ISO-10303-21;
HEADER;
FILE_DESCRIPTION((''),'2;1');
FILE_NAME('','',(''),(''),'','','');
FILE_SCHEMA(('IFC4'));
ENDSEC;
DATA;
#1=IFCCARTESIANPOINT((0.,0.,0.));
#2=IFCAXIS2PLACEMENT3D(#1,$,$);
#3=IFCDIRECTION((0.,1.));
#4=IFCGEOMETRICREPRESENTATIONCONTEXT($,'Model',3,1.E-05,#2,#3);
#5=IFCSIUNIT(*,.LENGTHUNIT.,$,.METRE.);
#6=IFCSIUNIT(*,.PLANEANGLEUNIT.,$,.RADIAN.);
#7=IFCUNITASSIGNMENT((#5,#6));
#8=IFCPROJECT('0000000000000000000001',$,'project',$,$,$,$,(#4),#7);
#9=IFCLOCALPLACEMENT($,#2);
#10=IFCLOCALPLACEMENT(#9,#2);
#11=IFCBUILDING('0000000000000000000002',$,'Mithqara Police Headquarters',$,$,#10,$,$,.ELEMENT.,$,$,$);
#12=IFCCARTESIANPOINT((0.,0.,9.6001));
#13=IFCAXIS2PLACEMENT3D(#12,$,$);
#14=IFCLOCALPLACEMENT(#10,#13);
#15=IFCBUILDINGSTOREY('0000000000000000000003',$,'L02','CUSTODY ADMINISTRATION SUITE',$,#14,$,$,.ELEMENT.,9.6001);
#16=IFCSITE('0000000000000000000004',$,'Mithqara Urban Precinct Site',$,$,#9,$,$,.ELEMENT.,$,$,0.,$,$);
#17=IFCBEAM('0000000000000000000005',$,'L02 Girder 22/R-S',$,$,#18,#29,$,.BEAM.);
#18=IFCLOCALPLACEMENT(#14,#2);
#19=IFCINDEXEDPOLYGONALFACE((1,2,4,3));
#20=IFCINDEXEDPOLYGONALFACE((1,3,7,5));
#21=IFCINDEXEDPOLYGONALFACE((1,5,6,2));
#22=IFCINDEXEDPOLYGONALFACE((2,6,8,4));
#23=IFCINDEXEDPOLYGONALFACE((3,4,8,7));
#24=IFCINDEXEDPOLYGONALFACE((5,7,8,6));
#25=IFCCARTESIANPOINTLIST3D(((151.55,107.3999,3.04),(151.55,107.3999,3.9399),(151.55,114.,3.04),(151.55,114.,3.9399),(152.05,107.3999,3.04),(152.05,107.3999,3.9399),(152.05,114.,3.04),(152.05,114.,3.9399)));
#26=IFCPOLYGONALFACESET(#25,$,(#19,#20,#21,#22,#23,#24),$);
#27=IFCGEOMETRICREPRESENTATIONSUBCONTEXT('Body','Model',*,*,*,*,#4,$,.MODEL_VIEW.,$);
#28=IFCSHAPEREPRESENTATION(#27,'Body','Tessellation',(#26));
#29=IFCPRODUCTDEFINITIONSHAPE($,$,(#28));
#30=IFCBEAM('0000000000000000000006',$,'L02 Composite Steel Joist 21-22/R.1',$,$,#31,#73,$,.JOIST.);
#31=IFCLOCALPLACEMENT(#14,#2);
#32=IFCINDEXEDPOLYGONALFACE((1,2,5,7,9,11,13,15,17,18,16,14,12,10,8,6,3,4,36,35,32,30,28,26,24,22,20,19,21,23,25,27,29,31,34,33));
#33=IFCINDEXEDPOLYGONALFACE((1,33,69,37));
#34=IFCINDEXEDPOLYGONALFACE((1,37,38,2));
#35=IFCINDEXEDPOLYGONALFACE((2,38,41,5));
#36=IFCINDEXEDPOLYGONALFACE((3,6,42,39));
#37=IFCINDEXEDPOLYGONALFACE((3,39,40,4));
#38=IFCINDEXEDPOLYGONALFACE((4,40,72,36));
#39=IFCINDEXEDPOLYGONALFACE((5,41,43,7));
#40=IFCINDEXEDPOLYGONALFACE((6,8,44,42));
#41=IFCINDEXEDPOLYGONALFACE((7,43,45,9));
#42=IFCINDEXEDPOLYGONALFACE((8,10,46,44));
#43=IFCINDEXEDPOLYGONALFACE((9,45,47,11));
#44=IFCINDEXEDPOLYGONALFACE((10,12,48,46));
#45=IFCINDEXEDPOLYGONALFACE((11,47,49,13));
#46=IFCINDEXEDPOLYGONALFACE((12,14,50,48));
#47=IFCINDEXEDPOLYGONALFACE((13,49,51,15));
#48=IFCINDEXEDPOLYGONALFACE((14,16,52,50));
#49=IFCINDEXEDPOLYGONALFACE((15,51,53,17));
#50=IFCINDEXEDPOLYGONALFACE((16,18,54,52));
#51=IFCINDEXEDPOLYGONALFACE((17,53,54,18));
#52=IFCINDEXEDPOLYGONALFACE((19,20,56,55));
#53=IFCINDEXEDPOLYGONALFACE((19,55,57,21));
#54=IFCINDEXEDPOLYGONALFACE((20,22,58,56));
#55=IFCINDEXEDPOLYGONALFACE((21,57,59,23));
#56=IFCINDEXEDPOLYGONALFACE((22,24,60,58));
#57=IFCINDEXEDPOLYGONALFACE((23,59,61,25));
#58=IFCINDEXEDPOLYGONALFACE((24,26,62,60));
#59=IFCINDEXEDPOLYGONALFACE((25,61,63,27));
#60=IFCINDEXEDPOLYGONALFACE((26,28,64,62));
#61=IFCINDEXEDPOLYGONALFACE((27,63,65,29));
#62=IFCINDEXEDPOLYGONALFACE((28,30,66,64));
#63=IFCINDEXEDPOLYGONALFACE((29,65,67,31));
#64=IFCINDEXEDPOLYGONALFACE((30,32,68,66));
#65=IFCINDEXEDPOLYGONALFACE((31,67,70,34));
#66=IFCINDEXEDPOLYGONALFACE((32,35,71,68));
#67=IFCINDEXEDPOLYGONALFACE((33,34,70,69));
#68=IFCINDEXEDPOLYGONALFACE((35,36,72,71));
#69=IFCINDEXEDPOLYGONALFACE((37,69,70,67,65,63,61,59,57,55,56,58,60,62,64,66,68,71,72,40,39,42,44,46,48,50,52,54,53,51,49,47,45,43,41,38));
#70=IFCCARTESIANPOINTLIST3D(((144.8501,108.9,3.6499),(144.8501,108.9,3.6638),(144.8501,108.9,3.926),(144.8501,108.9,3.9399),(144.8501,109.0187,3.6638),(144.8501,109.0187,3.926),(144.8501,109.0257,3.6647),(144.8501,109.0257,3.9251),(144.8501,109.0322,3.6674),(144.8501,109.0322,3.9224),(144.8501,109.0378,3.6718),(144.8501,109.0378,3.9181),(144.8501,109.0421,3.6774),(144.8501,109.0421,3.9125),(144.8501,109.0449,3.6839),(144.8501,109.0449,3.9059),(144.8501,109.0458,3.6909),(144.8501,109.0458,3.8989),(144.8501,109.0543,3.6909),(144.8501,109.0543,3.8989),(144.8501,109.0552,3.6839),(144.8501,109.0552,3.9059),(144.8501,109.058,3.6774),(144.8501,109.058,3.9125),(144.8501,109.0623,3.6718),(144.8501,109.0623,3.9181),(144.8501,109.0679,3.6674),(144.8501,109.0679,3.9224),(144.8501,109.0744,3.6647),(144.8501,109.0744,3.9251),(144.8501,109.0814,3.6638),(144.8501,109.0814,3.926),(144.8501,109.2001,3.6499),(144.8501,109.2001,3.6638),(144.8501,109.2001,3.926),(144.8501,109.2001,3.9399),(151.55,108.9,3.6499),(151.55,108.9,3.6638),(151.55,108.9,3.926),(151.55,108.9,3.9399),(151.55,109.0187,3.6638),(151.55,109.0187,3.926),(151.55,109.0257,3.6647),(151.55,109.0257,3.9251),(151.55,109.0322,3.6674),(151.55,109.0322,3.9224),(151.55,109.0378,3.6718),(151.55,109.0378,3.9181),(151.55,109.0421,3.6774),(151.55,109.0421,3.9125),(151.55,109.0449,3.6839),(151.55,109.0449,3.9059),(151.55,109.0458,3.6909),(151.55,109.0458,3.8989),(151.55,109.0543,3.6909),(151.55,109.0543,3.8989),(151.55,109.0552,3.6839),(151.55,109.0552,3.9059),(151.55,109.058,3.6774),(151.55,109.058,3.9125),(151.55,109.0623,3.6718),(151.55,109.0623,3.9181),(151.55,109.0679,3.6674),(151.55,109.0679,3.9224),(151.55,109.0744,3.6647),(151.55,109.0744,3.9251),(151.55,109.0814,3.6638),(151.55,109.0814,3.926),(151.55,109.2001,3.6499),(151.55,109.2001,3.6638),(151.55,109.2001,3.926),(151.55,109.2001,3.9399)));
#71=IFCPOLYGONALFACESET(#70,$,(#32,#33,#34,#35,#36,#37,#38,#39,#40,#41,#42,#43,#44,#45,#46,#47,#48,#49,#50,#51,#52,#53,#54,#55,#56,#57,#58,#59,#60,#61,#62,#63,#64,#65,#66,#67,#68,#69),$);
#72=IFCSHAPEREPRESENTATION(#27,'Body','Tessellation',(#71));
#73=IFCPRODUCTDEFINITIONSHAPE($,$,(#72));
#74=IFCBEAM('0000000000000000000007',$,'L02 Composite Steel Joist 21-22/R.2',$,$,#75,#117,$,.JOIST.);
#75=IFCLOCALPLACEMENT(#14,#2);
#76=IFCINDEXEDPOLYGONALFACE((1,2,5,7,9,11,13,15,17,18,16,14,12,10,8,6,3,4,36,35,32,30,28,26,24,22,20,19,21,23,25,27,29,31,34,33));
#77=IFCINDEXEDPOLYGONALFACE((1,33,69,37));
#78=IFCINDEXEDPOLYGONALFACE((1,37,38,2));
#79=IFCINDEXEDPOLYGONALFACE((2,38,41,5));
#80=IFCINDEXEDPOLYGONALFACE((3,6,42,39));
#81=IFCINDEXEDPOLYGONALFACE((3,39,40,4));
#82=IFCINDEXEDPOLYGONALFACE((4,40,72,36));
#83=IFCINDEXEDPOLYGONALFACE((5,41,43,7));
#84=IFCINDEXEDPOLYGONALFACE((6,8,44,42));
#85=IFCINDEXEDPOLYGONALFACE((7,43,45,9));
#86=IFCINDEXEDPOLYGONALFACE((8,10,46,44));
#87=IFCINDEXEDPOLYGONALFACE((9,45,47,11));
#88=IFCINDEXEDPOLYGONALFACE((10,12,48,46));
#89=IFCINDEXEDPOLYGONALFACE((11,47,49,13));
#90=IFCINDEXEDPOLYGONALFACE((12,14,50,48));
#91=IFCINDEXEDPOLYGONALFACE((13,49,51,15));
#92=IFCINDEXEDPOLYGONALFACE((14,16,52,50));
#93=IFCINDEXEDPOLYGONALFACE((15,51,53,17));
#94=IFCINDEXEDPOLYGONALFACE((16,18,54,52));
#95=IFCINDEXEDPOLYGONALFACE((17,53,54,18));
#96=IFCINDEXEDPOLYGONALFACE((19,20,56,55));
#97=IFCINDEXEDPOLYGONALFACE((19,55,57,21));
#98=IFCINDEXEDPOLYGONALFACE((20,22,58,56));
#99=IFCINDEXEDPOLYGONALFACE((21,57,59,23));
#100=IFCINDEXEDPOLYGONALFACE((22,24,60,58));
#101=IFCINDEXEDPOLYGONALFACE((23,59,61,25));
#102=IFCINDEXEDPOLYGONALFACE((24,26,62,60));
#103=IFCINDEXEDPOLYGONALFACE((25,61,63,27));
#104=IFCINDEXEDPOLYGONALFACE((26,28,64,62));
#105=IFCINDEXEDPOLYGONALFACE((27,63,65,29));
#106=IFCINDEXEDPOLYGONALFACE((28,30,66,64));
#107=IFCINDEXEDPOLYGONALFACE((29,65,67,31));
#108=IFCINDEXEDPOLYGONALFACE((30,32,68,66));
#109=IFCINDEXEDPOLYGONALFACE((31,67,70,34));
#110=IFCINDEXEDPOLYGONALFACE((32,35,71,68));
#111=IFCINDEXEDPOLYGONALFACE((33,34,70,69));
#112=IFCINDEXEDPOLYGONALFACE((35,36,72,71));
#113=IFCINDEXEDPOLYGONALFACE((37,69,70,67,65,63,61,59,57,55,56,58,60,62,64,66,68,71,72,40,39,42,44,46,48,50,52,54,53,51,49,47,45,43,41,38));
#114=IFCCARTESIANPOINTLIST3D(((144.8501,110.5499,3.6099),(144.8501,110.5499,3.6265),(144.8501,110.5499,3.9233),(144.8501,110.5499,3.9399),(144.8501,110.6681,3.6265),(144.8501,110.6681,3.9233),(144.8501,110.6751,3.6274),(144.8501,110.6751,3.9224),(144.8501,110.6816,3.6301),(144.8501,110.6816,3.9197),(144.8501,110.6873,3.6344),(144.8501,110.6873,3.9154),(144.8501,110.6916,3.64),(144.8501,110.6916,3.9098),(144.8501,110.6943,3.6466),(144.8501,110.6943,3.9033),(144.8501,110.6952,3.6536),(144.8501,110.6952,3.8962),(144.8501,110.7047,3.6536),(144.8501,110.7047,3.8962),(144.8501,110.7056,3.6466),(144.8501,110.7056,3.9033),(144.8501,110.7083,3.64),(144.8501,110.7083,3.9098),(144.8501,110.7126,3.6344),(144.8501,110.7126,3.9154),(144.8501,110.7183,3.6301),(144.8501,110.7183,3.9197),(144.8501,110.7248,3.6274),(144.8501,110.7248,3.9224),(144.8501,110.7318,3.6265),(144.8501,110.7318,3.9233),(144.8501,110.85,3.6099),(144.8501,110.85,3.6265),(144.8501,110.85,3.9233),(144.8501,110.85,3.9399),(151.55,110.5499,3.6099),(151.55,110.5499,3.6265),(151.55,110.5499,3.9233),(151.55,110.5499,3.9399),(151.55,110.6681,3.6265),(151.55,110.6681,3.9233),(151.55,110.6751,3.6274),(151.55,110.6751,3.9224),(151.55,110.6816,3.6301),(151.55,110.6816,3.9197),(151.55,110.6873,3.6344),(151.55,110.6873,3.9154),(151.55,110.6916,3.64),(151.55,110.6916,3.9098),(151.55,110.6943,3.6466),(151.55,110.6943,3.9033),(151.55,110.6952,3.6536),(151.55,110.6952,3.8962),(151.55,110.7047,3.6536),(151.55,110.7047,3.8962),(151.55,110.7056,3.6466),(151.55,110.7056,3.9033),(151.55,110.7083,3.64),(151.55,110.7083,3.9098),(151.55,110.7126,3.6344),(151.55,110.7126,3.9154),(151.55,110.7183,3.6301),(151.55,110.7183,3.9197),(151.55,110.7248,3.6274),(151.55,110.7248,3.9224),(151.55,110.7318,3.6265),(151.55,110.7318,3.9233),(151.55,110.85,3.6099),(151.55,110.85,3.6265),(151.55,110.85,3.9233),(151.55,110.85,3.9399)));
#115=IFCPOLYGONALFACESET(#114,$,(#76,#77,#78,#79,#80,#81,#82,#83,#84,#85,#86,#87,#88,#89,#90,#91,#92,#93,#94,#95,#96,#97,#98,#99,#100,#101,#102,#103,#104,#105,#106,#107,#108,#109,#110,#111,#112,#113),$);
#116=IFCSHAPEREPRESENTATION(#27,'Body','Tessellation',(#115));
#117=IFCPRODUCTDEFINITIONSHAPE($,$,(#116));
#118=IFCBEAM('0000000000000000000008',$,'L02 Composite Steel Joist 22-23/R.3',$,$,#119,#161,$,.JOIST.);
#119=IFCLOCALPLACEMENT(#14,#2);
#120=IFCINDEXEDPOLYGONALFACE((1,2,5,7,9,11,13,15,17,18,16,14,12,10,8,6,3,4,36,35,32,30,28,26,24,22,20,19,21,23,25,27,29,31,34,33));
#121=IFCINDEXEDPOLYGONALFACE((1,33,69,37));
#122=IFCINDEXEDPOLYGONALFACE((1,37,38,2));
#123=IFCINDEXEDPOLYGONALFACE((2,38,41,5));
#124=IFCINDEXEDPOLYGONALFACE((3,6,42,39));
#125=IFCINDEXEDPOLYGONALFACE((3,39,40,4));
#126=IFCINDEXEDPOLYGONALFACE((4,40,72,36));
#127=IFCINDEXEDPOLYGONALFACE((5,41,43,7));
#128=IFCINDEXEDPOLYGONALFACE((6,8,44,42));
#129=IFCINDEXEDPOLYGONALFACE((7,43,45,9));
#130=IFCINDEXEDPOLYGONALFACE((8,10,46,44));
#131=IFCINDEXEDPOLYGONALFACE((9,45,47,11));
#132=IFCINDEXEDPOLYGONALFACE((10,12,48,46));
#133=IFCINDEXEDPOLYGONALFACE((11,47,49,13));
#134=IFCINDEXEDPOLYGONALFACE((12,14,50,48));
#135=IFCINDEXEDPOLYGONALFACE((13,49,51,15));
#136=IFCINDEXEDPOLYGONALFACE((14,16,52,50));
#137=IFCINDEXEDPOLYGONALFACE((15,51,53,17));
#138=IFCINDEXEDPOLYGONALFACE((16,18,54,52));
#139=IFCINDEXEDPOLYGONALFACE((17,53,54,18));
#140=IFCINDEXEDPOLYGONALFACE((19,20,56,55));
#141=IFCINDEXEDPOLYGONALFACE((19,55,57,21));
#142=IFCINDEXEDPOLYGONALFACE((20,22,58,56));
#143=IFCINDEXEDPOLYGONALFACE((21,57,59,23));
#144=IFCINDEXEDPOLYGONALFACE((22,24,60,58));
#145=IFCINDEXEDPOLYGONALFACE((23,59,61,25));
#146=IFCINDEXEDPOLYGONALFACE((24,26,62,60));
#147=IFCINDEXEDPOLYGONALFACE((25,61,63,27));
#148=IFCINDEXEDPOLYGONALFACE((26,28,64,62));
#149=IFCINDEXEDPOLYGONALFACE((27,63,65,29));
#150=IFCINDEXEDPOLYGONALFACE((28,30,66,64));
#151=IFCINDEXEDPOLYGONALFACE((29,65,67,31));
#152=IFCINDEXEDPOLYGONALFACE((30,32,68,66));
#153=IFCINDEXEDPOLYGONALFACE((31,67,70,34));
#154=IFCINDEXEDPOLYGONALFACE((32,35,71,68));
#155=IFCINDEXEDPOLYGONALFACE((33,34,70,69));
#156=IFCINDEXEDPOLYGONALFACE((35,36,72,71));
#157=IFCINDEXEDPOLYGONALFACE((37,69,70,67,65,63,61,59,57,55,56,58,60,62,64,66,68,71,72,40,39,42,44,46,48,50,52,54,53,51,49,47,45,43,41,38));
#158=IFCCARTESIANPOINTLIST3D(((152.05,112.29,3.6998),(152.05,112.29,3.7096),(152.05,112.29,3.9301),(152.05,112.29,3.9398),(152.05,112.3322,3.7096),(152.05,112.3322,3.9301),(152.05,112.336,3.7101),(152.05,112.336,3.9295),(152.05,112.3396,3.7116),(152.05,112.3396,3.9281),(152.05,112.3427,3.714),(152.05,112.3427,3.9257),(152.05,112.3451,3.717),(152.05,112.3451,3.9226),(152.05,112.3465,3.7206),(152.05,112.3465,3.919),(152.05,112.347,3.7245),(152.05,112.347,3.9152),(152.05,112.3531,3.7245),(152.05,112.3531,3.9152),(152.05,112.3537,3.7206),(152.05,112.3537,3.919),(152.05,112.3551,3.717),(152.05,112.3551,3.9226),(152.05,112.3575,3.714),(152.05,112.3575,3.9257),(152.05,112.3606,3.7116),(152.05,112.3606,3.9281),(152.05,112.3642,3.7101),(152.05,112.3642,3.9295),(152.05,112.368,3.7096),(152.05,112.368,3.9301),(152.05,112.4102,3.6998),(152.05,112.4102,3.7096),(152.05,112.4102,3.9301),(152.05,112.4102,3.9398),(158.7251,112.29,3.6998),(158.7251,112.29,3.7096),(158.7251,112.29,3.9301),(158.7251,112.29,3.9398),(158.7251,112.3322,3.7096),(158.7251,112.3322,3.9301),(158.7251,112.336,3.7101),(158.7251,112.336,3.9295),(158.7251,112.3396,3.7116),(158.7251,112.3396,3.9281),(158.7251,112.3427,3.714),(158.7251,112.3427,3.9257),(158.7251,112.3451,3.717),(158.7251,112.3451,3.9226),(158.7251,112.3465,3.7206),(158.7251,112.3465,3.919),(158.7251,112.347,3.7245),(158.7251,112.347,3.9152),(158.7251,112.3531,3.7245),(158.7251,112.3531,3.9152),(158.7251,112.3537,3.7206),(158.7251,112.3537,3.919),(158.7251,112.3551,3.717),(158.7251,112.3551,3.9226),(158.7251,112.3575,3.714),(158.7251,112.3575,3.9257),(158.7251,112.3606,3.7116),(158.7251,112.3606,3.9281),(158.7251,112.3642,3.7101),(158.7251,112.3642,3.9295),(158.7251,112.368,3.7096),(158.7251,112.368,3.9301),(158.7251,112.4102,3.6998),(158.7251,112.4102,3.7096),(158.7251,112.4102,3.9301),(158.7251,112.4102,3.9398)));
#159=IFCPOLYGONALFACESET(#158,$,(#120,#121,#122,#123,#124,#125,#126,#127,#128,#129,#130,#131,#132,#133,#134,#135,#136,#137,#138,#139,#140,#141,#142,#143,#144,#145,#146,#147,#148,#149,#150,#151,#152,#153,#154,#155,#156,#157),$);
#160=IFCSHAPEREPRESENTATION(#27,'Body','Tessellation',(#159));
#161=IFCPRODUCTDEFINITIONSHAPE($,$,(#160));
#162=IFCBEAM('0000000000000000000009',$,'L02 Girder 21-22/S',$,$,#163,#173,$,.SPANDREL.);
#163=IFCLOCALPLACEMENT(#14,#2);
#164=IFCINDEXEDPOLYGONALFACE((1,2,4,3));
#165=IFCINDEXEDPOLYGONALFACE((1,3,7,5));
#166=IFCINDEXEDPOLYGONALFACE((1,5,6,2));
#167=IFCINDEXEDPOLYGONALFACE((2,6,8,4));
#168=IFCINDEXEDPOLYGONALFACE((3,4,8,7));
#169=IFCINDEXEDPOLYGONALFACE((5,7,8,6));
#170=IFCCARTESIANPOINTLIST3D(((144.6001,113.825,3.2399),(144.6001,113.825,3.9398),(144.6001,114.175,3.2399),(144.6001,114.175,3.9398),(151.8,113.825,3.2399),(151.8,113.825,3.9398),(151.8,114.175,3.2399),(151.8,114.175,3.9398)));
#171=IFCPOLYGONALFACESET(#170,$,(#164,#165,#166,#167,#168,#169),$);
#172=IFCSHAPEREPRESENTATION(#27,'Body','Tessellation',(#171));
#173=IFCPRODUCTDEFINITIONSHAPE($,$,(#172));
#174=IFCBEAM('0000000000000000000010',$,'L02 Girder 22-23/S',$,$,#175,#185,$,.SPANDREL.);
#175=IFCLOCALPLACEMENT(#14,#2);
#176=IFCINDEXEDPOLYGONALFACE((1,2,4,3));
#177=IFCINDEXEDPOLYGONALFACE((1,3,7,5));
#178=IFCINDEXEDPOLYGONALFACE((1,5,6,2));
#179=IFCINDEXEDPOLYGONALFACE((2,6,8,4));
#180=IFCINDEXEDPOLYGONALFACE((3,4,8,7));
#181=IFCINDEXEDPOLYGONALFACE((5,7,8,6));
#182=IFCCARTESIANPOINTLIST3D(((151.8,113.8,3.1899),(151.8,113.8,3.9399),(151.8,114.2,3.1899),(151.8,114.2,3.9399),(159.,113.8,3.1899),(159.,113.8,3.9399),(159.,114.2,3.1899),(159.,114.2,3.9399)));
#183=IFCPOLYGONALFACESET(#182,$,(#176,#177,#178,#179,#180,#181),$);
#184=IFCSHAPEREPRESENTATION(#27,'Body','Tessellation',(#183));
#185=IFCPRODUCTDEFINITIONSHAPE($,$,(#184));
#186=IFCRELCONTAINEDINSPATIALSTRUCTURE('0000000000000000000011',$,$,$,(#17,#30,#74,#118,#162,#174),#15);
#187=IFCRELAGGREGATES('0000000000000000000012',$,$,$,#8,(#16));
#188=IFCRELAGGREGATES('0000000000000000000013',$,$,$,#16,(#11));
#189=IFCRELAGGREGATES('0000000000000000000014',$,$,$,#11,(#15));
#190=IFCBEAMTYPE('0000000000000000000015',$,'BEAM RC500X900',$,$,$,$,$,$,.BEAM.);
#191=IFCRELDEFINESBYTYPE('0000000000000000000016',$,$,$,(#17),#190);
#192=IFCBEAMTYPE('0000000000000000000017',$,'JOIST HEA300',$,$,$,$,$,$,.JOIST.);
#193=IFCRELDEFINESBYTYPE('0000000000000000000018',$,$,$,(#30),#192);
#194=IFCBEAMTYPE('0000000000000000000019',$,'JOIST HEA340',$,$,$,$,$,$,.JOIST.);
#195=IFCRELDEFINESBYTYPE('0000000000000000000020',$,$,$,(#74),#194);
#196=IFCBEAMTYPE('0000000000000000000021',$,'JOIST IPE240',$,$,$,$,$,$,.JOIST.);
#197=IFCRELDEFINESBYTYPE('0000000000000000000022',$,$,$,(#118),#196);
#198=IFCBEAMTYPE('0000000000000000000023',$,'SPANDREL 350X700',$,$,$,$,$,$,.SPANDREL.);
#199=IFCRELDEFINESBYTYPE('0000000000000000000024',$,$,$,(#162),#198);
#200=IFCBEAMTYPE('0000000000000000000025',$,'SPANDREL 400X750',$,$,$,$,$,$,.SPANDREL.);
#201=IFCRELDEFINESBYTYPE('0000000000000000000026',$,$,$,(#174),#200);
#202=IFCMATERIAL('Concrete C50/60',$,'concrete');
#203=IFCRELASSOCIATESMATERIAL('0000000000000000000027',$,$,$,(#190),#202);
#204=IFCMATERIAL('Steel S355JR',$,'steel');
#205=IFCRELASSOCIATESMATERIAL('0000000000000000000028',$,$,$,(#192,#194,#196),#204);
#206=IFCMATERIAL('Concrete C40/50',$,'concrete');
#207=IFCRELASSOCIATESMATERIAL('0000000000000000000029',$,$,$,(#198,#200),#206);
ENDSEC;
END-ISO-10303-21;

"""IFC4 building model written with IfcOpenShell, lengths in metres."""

from ifc_helpers import new_model, si_unit, direction, frame, origin, origin_2d, place, context, subcontext, project, spatial, rectangle, i_section, extrude, material, material_profile, profile_set, type_object, element, save


model = new_model("IFC4")

# Units and contexts
model_context = context("Model", 3, precision=1e-05, world=origin(), true_north=direction((0.0, 1.0)))
body_context = subcontext(model_context, "Body", "Model", "MODEL_VIEW")
ifc_project = project(units=[si_unit("LENGTHUNIT", "METRE"), si_unit("PLANEANGLEUNIT", "RADIAN")], contexts=[model_context])

# Site, building, storey
site_placement = place(None, origin())
site = spatial("IfcSite", under=ifc_project, at=site_placement, Name="Mithqara Urban Precinct Site", CompositionType="ELEMENT", RefElevation=0.0)
building_placement = place(site_placement, origin())
building = spatial("IfcBuilding", under=site, at=building_placement, Name="Mithqara Police Headquarters", CompositionType="ELEMENT")
storey_placement = place(building_placement, frame((0.0, 0.0, 9.6001)))
storey = spatial("IfcBuildingStorey", under=building, at=storey_placement, Name="L02", Description="CUSTODY ADMINISTRATION SUITE", CompositionType="ELEMENT", Elevation=9.6001)

# Shared definitions
ifc_material_1 = material(Name="Concrete C50/60", Category="concrete")

# Beams
ifc_material_2 = material(Name="Steel S355JR", Category="steel")
ifc_material_3 = material(Name="Concrete C40/50", Category="concrete")
ifc_material_profile_1 = material_profile(ifc_material_1, rectangle(XDim=0.5, YDim=0.8999, at=origin_2d()), Name="RC 500x900")
ifc_profile_set_1 = profile_set([ifc_material_profile_1], Name="Concrete C50/60")
beam_type_1 = type_object("IfcBeamType", Name="BEAM RC500X900", PredefinedType="BEAM", material=ifc_profile_set_1)
beam_1_placement = place(storey_placement, frame((151.8, 107.3999, 3.49), z_axis=(0.0, 1.0, 0.0), x_axis=(-1.0, 0.0, 0.0)))
element("IfcBeam", 1, at=beam_1_placement, inside=storey, type_object=beam_type_1, Name="L02 Girder 22/R-S", PredefinedType="BEAM", context=body_context, shape_type="SweptSolid", body=[
    extrude(rectangle(XDim=0.5, YDim=0.8999, at=origin_2d()), origin(), (0.0, 0.0, 1.0), 6.6001),
])
ifc_material_profile_2 = material_profile(ifc_material_2, i_section(OverallWidth=0.3, OverallDepth=0.29, WebThickness=0.0085, FlangeThickness=0.0139, FilletRadius=0.0271, at=origin_2d()), Name="HEA 300")
ifc_profile_set_2 = profile_set([ifc_material_profile_2], Name="Steel S355JR")
beam_type_2 = type_object("IfcBeamType", Name="JOIST HEA300", PredefinedType="JOIST", material=ifc_profile_set_2)
beam_2_placement = place(storey_placement, frame((144.8501, 109.05, 3.7949), z_axis=(1.0, 0.0, 0.0), x_axis=(0.0, 1.0, 0.0)))
element("IfcBeam", 2, at=beam_2_placement, inside=storey, type_object=beam_type_2, Name="L02 Composite Steel Joist 21-22/R.1", PredefinedType="JOIST", context=body_context, shape_type="SweptSolid", body=[
    extrude(i_section(OverallWidth=0.3, OverallDepth=0.29, WebThickness=0.0085, FlangeThickness=0.0139, FilletRadius=0.0271, at=origin_2d()), origin(), (0.0, 0.0, 1.0), 6.7),
])
ifc_material_profile_3 = material_profile(ifc_material_2, i_section(OverallWidth=0.3, OverallDepth=0.3301, WebThickness=0.0095, FlangeThickness=0.0166, FilletRadius=0.0271, at=origin_2d()), Name="HEA 340")
ifc_profile_set_3 = profile_set([ifc_material_profile_3], Name="Steel S355JR")
beam_type_3 = type_object("IfcBeamType", Name="JOIST HEA340", PredefinedType="JOIST", material=ifc_profile_set_3)
beam_3_placement = place(storey_placement, frame((144.8501, 110.7, 3.7749), z_axis=(1.0, 0.0, 0.0), x_axis=(0.0, 1.0, 0.0)))
element("IfcBeam", 3, at=beam_3_placement, inside=storey, type_object=beam_type_3, Name="L02 Composite Steel Joist 21-22/R.2", PredefinedType="JOIST", context=body_context, shape_type="SweptSolid", body=[
    extrude(i_section(OverallWidth=0.3, OverallDepth=0.3301, WebThickness=0.0095, FlangeThickness=0.0166, FilletRadius=0.0271, at=origin_2d()), origin(), (0.0, 0.0, 1.0), 6.7),
])
ifc_material_profile_4 = material_profile(ifc_material_2, i_section(OverallWidth=0.1201, OverallDepth=0.24, WebThickness=0.0061, FlangeThickness=0.0098, FilletRadius=0.0149, at=origin_2d()), Name="IPE 240")
ifc_profile_set_4 = profile_set([ifc_material_profile_4], Name="Steel S355JR")
beam_type_4 = type_object("IfcBeamType", Name="JOIST IPE240", PredefinedType="JOIST", material=ifc_profile_set_4)
beam_4_placement = place(storey_placement, frame((152.05, 112.3501, 3.8198), z_axis=(1.0, 0.0, 0.0), x_axis=(0.0, 1.0, 0.0)))
element("IfcBeam", 4, at=beam_4_placement, inside=storey, type_object=beam_type_4, Name="L02 Composite Steel Joist 22-23/R.3", PredefinedType="JOIST", context=body_context, shape_type="SweptSolid", body=[
    extrude(i_section(OverallWidth=0.1201, OverallDepth=0.24, WebThickness=0.0061, FlangeThickness=0.0098, FilletRadius=0.0149, at=origin_2d()), origin(), (0.0, 0.0, 1.0), 6.675),
])
ifc_material_profile_5 = material_profile(ifc_material_3, rectangle(XDim=0.3501, YDim=0.7, at=origin_2d()), Name="SPB 350x700")
ifc_profile_set_5 = profile_set([ifc_material_profile_5], Name="Concrete C40/50")
beam_type_5 = type_object("IfcBeamType", Name="SPANDREL 350X700", PredefinedType="SPANDREL", material=ifc_profile_set_5)
beam_5_placement = place(storey_placement, frame((144.6001, 114.0, 3.5898), z_axis=(1.0, 0.0, 0.0), x_axis=(0.0, 1.0, 0.0)))
element("IfcBeam", 5, at=beam_5_placement, inside=storey, type_object=beam_type_5, Name="L02 Girder 21-22/S", PredefinedType="SPANDREL", context=body_context, shape_type="SweptSolid", body=[
    extrude(rectangle(XDim=0.3501, YDim=0.7, at=origin_2d()), origin(), (0.0, 0.0, 1.0), 7.2),
])
ifc_material_profile_6 = material_profile(ifc_material_3, rectangle(XDim=0.3999, YDim=0.75, at=origin_2d()), Name="SPB 400x750")
ifc_profile_set_6 = profile_set([ifc_material_profile_6], Name="Concrete C40/50")
beam_type_6 = type_object("IfcBeamType", Name="SPANDREL 400X750", PredefinedType="SPANDREL", material=ifc_profile_set_6)
beam_6_placement = place(storey_placement, frame((151.8, 114.0, 3.5649), z_axis=(1.0, 0.0, 0.0), x_axis=(0.0, 1.0, 0.0)))
element("IfcBeam", 6, at=beam_6_placement, inside=storey, type_object=beam_type_6, Name="L02 Girder 22-23/S", PredefinedType="SPANDREL", context=body_context, shape_type="SweptSolid", body=[
    extrude(rectangle(XDim=0.3999, YDim=0.75, at=origin_2d()), origin(), (0.0, 0.0, 1.0), 7.2),
])

save(model, "model.ifc")
